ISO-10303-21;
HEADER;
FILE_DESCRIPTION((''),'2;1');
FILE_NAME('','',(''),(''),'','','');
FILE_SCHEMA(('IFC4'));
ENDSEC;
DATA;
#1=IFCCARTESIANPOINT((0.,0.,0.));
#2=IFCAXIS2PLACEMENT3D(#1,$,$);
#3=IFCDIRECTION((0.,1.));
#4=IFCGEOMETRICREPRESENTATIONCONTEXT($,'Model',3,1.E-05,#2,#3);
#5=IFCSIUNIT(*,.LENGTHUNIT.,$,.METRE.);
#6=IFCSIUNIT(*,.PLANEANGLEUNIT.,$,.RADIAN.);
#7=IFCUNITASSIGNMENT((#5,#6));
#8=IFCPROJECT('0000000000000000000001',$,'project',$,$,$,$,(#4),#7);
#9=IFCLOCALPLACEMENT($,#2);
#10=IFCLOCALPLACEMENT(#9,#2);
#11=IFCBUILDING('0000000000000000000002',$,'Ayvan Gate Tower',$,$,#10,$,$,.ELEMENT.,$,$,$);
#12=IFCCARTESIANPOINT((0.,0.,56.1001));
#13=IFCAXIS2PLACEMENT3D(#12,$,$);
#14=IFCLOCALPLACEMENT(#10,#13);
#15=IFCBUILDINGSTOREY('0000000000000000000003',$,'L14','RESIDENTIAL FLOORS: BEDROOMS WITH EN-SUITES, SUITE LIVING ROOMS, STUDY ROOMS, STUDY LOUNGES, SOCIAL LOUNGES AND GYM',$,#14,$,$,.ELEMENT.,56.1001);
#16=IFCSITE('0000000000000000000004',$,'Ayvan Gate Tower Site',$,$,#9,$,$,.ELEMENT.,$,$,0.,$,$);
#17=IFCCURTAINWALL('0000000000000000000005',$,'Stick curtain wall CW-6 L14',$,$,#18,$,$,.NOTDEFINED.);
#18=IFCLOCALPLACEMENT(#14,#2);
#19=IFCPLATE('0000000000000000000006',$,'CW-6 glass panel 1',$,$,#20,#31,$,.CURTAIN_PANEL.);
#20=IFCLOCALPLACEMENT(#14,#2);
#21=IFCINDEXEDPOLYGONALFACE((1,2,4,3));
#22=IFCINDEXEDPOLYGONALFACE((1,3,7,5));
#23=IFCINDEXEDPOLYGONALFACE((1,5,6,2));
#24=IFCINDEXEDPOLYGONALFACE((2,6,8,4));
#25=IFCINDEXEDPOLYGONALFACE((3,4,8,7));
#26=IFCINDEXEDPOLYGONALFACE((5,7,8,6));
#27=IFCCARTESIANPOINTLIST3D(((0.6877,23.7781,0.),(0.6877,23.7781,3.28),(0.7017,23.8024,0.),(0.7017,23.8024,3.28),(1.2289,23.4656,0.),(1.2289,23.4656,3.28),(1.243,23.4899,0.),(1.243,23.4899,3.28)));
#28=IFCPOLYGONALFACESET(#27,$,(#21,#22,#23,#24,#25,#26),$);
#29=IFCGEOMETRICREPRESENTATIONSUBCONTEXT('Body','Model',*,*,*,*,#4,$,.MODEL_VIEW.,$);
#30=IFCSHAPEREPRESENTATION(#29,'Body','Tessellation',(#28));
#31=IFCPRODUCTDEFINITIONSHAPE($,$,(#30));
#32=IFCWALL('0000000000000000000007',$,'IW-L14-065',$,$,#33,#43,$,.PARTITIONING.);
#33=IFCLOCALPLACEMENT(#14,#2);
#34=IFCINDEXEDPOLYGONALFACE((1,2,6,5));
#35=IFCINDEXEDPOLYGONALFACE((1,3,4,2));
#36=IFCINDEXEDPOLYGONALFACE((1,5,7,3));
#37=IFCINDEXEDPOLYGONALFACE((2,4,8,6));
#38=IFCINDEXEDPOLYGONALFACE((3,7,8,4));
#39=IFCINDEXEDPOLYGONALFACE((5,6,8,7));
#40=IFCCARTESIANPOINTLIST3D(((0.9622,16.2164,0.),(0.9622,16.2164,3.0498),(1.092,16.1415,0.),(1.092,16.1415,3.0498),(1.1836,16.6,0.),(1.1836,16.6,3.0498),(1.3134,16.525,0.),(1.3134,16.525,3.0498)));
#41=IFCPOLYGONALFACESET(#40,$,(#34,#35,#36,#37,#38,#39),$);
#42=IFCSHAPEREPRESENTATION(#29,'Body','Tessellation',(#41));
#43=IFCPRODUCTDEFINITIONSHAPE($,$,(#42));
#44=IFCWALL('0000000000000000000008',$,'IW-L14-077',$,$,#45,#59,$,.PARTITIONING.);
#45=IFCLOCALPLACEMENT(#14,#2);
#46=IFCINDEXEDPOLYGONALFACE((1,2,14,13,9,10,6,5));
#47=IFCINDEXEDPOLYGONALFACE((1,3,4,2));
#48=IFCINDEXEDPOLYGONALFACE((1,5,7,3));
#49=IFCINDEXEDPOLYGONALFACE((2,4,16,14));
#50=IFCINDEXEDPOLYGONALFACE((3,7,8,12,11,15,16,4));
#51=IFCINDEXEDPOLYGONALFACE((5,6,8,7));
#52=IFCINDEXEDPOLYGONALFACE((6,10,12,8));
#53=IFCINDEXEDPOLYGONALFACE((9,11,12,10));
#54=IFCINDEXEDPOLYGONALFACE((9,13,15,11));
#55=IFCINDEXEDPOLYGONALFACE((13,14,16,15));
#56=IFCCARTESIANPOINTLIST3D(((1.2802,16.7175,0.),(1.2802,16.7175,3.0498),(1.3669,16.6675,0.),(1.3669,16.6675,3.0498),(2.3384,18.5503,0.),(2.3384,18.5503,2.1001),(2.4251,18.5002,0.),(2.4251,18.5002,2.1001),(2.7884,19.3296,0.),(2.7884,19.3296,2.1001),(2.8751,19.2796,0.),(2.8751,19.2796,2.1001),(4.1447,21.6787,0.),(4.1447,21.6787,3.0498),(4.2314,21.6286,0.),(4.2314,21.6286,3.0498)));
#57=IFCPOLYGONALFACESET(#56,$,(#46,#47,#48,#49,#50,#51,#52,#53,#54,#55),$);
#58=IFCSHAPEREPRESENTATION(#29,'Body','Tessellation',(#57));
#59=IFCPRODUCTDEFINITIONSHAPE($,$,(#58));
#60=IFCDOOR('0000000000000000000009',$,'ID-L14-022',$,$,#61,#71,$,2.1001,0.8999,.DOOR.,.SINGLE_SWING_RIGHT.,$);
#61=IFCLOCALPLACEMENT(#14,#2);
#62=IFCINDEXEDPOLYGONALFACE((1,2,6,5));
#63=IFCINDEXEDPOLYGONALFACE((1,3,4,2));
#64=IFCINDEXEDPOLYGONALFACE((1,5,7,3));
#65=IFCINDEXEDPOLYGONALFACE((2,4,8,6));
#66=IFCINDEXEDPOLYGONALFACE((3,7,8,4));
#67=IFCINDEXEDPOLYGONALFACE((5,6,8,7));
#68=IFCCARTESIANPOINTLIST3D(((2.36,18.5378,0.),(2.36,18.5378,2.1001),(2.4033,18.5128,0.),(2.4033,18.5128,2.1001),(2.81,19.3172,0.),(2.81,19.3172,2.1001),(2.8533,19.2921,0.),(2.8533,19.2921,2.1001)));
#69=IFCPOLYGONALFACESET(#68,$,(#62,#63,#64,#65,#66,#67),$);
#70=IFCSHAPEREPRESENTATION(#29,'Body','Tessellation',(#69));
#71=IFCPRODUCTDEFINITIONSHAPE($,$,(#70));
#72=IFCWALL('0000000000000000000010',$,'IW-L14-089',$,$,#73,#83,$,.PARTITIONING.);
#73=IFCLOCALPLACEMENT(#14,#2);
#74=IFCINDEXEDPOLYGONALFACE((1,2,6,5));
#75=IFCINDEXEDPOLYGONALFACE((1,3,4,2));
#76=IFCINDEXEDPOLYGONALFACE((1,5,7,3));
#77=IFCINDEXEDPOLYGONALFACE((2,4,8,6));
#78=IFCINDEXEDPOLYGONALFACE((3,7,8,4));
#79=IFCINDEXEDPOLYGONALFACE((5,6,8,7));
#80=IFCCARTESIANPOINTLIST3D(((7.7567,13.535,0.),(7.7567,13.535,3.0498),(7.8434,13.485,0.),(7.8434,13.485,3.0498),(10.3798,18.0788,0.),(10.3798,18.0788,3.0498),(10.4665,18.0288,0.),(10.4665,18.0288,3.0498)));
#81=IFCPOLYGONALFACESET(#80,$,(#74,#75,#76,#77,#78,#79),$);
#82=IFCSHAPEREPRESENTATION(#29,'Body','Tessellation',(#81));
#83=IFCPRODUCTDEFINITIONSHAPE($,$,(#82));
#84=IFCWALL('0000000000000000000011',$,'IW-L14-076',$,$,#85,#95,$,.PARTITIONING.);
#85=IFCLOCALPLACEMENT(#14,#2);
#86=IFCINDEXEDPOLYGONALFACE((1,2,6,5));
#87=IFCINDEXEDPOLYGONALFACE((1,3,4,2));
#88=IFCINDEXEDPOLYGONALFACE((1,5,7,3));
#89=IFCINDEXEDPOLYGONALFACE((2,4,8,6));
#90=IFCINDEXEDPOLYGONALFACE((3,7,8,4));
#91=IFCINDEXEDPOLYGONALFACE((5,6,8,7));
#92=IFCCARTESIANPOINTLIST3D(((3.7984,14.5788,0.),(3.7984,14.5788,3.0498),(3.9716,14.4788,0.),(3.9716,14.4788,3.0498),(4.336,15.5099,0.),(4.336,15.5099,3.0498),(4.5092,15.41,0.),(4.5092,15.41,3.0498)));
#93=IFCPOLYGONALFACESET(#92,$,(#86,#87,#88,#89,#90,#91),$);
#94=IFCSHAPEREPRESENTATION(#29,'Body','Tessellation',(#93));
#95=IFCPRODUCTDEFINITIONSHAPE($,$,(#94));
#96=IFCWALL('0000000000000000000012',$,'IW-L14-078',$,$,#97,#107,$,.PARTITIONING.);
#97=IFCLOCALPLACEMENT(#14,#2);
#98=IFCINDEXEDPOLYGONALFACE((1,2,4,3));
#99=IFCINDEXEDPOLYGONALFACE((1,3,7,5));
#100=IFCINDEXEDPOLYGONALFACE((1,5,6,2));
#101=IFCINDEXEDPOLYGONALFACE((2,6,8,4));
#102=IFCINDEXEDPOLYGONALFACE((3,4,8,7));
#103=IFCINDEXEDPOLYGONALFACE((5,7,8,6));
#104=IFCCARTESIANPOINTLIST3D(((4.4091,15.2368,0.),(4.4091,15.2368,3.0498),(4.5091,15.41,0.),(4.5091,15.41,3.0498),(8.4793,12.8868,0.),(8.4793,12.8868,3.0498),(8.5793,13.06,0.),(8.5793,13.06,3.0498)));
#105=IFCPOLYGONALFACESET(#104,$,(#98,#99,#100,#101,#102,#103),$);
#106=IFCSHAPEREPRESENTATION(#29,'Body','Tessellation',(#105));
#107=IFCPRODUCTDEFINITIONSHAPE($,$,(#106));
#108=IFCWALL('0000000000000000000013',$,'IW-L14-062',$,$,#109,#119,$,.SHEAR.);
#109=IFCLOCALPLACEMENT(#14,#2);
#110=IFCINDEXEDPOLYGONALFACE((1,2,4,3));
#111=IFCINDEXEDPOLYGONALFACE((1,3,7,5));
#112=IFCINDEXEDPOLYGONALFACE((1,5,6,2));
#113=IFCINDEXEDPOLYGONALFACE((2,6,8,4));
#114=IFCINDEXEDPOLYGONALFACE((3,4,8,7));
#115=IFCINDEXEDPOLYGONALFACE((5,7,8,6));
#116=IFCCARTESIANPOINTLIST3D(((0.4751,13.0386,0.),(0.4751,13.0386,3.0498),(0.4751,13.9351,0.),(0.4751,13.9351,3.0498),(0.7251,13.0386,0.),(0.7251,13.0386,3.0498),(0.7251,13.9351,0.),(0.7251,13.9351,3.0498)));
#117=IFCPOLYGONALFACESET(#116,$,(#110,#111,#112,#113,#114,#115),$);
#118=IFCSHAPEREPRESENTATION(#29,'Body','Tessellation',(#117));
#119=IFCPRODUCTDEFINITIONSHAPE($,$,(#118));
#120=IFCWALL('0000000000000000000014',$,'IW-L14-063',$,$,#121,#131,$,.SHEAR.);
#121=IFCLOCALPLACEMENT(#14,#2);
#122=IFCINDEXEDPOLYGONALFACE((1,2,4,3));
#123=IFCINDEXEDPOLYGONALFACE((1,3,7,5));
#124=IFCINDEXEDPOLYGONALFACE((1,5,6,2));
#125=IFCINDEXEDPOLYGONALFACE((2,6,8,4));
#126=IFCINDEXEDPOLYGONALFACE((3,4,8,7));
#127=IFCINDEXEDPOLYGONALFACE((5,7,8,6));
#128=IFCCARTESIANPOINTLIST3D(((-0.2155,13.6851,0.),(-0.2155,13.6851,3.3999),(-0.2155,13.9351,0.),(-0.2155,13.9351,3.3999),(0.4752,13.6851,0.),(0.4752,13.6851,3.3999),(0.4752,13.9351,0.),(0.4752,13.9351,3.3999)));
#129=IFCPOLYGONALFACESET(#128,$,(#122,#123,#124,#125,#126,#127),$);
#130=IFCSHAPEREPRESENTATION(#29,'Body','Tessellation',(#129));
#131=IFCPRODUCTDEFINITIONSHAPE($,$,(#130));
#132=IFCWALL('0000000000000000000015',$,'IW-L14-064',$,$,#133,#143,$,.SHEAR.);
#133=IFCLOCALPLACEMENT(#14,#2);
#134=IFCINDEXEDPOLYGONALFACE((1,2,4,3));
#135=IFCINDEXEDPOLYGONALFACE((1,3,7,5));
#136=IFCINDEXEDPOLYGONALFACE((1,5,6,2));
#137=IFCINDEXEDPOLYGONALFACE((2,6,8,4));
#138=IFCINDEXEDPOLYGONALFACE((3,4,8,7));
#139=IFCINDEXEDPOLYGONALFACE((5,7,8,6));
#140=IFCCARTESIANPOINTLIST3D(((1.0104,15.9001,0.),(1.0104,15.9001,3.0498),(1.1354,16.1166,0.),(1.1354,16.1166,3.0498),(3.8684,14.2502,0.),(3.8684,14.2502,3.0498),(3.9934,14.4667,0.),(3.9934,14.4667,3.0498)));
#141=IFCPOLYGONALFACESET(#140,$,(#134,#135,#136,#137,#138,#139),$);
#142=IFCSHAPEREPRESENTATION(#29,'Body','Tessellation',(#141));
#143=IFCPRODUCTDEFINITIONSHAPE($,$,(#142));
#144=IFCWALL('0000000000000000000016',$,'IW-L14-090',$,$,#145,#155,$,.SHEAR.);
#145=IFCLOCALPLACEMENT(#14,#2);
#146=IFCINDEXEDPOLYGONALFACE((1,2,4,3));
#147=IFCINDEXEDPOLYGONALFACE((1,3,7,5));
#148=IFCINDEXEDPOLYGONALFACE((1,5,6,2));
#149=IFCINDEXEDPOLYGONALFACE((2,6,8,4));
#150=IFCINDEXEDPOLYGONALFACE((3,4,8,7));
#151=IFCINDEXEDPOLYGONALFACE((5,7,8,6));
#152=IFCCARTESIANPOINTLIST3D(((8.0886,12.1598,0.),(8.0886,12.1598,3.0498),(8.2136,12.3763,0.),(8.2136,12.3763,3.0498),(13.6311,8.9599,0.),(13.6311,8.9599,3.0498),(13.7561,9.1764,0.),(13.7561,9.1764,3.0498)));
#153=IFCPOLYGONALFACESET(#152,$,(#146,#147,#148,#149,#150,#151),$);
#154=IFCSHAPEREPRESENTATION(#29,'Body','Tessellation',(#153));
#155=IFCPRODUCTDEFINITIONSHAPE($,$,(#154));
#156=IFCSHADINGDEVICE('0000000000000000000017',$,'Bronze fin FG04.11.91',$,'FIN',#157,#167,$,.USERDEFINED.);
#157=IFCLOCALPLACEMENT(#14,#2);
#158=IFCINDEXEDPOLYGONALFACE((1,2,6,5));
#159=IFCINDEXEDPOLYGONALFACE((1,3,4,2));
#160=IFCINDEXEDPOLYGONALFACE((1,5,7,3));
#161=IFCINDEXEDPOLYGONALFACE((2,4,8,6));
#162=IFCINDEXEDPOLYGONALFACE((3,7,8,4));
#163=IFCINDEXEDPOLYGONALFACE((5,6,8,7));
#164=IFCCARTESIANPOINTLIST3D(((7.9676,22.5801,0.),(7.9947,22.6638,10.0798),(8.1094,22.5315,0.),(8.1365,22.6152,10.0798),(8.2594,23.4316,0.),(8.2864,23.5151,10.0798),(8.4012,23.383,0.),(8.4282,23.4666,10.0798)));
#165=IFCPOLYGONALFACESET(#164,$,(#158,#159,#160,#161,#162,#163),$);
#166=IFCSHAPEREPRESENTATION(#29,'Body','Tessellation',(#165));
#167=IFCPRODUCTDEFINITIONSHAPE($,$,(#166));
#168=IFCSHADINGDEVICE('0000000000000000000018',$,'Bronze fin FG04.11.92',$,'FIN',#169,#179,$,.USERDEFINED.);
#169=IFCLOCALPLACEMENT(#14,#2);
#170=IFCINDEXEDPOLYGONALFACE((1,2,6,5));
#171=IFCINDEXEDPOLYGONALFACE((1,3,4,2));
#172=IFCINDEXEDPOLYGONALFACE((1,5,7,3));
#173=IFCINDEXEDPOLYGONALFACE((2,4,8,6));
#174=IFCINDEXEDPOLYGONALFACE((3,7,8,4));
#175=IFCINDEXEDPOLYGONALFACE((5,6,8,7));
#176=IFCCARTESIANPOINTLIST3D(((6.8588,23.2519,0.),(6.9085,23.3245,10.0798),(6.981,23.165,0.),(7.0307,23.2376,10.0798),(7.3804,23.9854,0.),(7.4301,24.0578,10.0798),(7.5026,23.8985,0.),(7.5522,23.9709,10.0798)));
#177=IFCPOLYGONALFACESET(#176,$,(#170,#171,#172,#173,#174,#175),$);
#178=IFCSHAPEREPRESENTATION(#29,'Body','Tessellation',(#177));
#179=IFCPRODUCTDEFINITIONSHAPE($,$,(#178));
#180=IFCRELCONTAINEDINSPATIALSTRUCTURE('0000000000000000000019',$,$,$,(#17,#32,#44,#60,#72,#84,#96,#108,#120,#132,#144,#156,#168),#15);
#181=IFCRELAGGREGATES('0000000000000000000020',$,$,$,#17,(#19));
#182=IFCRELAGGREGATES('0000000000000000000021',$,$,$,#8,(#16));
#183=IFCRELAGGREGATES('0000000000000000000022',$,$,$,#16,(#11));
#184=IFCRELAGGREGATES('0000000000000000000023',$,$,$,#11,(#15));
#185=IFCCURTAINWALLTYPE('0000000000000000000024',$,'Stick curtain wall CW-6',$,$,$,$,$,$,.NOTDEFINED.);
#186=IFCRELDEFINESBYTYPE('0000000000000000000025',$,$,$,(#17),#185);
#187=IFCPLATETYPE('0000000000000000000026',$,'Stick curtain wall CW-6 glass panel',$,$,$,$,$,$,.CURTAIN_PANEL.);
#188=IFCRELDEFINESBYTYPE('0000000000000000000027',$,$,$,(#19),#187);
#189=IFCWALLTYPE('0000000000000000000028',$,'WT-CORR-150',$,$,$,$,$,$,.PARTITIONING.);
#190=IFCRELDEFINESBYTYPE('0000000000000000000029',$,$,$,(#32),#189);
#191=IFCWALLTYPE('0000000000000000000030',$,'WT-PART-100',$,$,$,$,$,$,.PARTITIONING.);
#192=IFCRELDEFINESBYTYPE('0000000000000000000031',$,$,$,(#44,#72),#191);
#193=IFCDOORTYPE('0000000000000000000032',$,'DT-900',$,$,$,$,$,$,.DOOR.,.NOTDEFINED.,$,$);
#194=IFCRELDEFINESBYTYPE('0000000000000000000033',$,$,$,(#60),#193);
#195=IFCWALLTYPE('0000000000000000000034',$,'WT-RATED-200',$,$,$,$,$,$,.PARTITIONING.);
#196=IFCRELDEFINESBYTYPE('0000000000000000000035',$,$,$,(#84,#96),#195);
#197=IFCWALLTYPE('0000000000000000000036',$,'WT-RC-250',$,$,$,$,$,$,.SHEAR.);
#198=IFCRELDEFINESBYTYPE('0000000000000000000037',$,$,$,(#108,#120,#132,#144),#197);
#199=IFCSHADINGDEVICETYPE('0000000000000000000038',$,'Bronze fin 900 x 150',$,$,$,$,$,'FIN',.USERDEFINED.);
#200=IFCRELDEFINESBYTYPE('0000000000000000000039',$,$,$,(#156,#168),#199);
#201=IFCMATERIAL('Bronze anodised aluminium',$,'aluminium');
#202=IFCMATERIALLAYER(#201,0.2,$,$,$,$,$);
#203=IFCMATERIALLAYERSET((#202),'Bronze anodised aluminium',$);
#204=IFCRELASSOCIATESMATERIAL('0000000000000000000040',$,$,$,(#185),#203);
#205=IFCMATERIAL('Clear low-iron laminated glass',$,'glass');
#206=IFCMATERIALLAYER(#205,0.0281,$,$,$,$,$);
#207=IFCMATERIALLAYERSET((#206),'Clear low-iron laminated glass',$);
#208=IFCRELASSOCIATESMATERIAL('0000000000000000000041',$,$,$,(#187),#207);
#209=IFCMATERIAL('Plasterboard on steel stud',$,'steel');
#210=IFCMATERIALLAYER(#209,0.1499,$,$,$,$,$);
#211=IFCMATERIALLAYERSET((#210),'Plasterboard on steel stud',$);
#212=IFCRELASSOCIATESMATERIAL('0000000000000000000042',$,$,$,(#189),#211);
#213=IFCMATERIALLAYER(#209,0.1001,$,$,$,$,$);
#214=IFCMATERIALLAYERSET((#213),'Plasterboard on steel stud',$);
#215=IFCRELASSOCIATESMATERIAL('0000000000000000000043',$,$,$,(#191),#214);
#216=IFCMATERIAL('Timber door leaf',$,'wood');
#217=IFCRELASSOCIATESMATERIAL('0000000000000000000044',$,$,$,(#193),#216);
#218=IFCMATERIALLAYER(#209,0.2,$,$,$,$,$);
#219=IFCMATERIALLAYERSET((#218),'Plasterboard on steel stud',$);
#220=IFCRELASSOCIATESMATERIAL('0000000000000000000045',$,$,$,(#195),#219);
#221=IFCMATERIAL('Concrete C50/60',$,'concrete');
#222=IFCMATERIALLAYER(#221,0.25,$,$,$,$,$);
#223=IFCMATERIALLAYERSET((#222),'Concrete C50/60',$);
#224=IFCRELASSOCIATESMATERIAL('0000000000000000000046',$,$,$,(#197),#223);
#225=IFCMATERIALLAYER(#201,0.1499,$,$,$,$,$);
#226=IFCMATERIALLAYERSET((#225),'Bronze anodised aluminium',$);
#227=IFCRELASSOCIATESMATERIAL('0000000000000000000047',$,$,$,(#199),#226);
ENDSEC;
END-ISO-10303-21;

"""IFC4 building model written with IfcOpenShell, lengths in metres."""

from ifc_helpers import new_model, si_unit, direction, frame, frame_2d, origin, origin_2d, place, context, subcontext, project, spatial, polyline, rectangle, outline, extrude, material, layer, layer_set, type_object, element, fill, aggregate, save


model = new_model("IFC4")

# Units and contexts
model_context = context("Model", 3, precision=1e-05, world=origin(), true_north=direction((0.0, 1.0)))
body_context = subcontext(model_context, "Body", "Model", "MODEL_VIEW")
ifc_project = project(units=[si_unit("LENGTHUNIT", "METRE"), si_unit("PLANEANGLEUNIT", "RADIAN")], contexts=[model_context])

# Site, building, storey
site_placement = place(None, origin())
site = spatial("IfcSite", under=ifc_project, at=site_placement, Name="Ayvan Gate Tower Site", CompositionType="ELEMENT", RefElevation=0.0)
building_placement = place(site_placement, origin())
building = spatial("IfcBuilding", under=site, at=building_placement, Name="Ayvan Gate Tower", CompositionType="ELEMENT")
storey_placement = place(building_placement, frame((0.0, 0.0, 56.1001)))
storey = spatial("IfcBuildingStorey", under=building, at=storey_placement, Name="L14", Description="RESIDENTIAL FLOORS: BEDROOMS WITH EN-SUITES, SUITE LIVING ROOMS, STUDY ROOMS, STUDY LOUNGES, SOCIAL LOUNGES AND GYM", CompositionType="ELEMENT", Elevation=56.1001)

# Curtain wall
ifc_material_1 = material(Name="Bronze anodised aluminium", Category="aluminium")
ifc_layer_1 = layer(ifc_material_1, 0.2)
ifc_layer_set_1 = layer_set([ifc_layer_1], Name="Bronze anodised aluminium")
curtain_wall_type_1 = type_object("IfcCurtainWallType", Name="Stick curtain wall CW-6", PredefinedType="NOTDEFINED", material=ifc_layer_set_1)
curtain_wall_1_placement = place(storey_placement, origin())
curtain_wall_1 = element("IfcCurtainWall", 1, at=curtain_wall_1_placement, inside=storey, type_object=curtain_wall_type_1, Name="Stick curtain wall CW-6 L14", PredefinedType="NOTDEFINED")

# Plate
ifc_material_2 = material(Name="Clear low-iron laminated glass", Category="glass")
ifc_layer_2 = layer(ifc_material_2, 0.0281)
ifc_layer_set_2 = layer_set([ifc_layer_2], Name="Clear low-iron laminated glass")
plate_type_1 = type_object("IfcPlateType", Name="Stick curtain wall CW-6 glass panel", PredefinedType="CURTAIN_PANEL", material=ifc_layer_set_2)
plate_1_placement = place(storey_placement, frame((0.9653, 23.634, 0.0), z_axis=(0.0, 0.0, 1.0), x_axis=(-0.866025, 0.5, 0.0)))
plate_1 = element("IfcPlate", 2, at=plate_1_placement, type_object=plate_type_1, Name="CW-6 glass panel 1", PredefinedType="CURTAIN_PANEL", context=body_context, shape_type="SweptSolid", body=[
    extrude(rectangle(XDim=0.625, YDim=0.0281, at=origin_2d()), origin(), (0.0, 0.0, 1.0), 3.28),
])
aggregate(curtain_wall_1, [plate_1])

# Wall
ifc_material_3 = material(Name="Plasterboard on steel stud", Category="steel")
ifc_layer_3 = layer(ifc_material_3, 0.1499)
ifc_layer_set_3 = layer_set([ifc_layer_3], Name="Plasterboard on steel stud")
wall_type_1 = type_object("IfcWallType", Name="WT-CORR-150", PredefinedType="PARTITIONING", material=ifc_layer_set_3)
wall_1_placement = place(storey_placement, frame((1.2485, 16.5625, 0.0), z_axis=(0.0, 0.0, 1.0), x_axis=(-0.499993, -0.86603, 0.0)))
element("IfcWall", 3, at=wall_1_placement, inside=storey, type_object=wall_type_1, Name="IW-L14-065", PredefinedType="PARTITIONING", context=body_context, shape_type="SweptSolid", body=[
    extrude(rectangle(XDim=0.4429, YDim=0.1499, at=frame_2d((0.2214, 0.0))), origin(), (0.0, 0.0, 1.0), 3.0498),
])

# Wall, opening, door
ifc_layer_4 = layer(ifc_material_3, 0.1001)
ifc_layer_set_4 = layer_set([ifc_layer_4], Name="Plasterboard on steel stud")
wall_type_2 = type_object("IfcWallType", Name="WT-PART-100", PredefinedType="PARTITIONING", material=ifc_layer_set_4)
wall_2_placement = place(storey_placement, frame((4.188, 21.6536, 0.0), z_axis=(0.0, 0.0, 1.0), x_axis=(-0.500021, -0.866013, 0.0)))
wall_2 = element("IfcWall", 4, at=wall_2_placement, inside=storey, type_object=wall_type_2, Name="IW-L14-077", PredefinedType="PARTITIONING", context=body_context, shape_type="SweptSolid", body=[
    extrude(rectangle(XDim=5.7288, YDim=0.1001, at=frame_2d((2.8643, 0.0))), origin(), (0.0, 0.0, 1.0), 3.0498),
])
opening_placement = place(wall_2_placement, frame((2.7124, 0.0, 0.0)))
opening = element("IfcOpeningElement", 5, at=opening_placement, cuts=wall_2, PredefinedType="OPENING", context=body_context, shape_type="SweptSolid", body=[
    extrude(rectangle(XDim=0.8999, YDim=2.1001, at=frame_2d((0.45, 1.05))), frame((0.0, 0.0601, 0.0), z_axis=(0.0, -1.0, 0.0), x_axis=(1.0, 0.0, 0.0)), (0.0, 0.0, 1.0), 0.1201),
])
ifc_material_4 = material(Name="Timber door leaf", Category="wood")
door_type = type_object("IfcDoorType", Name="DT-900", OperationType="NOTDEFINED", PredefinedType="DOOR", material=ifc_material_4)
door_placement = place(opening_placement, origin())
door = element("IfcDoor", 6, at=door_placement, inside=storey, type_object=door_type, Name="ID-L14-022", OperationType="SINGLE_SWING_RIGHT", OverallHeight=2.1001, OverallWidth=0.8999, PredefinedType="DOOR", context=body_context, shape_type="SweptSolid", body=[
    extrude(rectangle(XDim=0.8999, YDim=2.1001, at=frame_2d((0.45, 1.05))), frame((0.0, 0.0249, 0.0), z_axis=(0.0, -1.0, 0.0), x_axis=(1.0, 0.0, 0.0)), (0.0, 0.0, 1.0), 0.05),
])
fill(opening, door)

# Walls
wall_3_placement = place(storey_placement, frame((7.8, 13.51, 0.0), z_axis=(0.0, 0.0, 1.0), x_axis=(0.499963, 0.866047, 0.0)))
element("IfcWall", 7, at=wall_3_placement, inside=storey, type_object=wall_type_2, Name="IW-L14-089", PredefinedType="PARTITIONING", context=body_context, shape_type="SweptSolid", body=[
    extrude(rectangle(XDim=5.2466, YDim=0.1001, at=frame_2d((2.6233, 0.0))), origin(), (0.0, 0.0, 1.0), 3.0498),
])
ifc_layer_5 = layer(ifc_material_3, 0.2)
ifc_layer_set_5 = layer_set([ifc_layer_5], Name="Plasterboard on steel stud")
wall_type_3 = type_object("IfcWallType", Name="WT-RATED-200", PredefinedType="PARTITIONING", material=ifc_layer_set_5)
wall_4_placement = place(storey_placement, frame((3.885, 14.5288, 0.0), z_axis=(0.0, 0.0, 1.0), x_axis=(0.499998, 0.866027, 0.0)))
element("IfcWall", 8, at=wall_4_placement, inside=storey, type_object=wall_type_3, Name="IW-L14-076", PredefinedType="PARTITIONING", context=body_context, shape_type="SweptSolid", body=[
    extrude(rectangle(XDim=1.0752, YDim=0.2, at=frame_2d((0.5376, 0.0))), origin(), (0.0, 0.0, 1.0), 3.0498),
])
wall_5_placement = place(storey_placement, frame((4.459, 15.3235, 0.0), z_axis=(0.0, 0.0, 1.0), x_axis=(0.866016, -0.500016, 0.0)))
element("IfcWall", 9, at=wall_5_placement, inside=storey, type_object=wall_type_3, Name="IW-L14-078", PredefinedType="PARTITIONING", context=body_context, shape_type="SweptSolid", body=[
    extrude(rectangle(XDim=4.7, YDim=0.2, at=frame_2d((2.3501, 0.0))), origin(), (0.0, 0.0, 1.0), 3.0498),
])
ifc_material_5 = material(Name="Concrete C50/60", Category="concrete")
ifc_layer_6 = layer(ifc_material_5, 0.25)
ifc_layer_set_6 = layer_set([ifc_layer_6], Name="Concrete C50/60")
wall_type_4 = type_object("IfcWallType", Name="WT-RC-250", PredefinedType="SHEAR", material=ifc_layer_set_6)
wall_6_placement = place(storey_placement, frame((0.6001, 13.0386, 0.0), z_axis=(0.0, 0.0, 1.0), x_axis=(0.0, 1.0, 0.0)))
element("IfcWall", 10, at=wall_6_placement, inside=storey, type_object=wall_type_4, Name="IW-L14-062", PredefinedType="SHEAR", context=body_context, shape_type="SweptSolid", body=[
    extrude(rectangle(XDim=0.8965, YDim=0.25, at=frame_2d((0.4482, 0.0))), origin(), (0.0, 0.0, 1.0), 3.0498),
])
wall_7_placement = place(storey_placement, frame((0.4751, 13.8101, 0.0), z_axis=(0.0, 0.0, 1.0), x_axis=(-1.0, 0.0, 0.0)))
element("IfcWall", 11, at=wall_7_placement, inside=storey, type_object=wall_type_4, Name="IW-L14-063", PredefinedType="SHEAR", context=body_context, shape_type="SweptSolid", body=[
    extrude(rectangle(XDim=0.6907, YDim=0.25, at=frame_2d((0.3452, 0.0))), origin(), (0.0, 0.0, 1.0), 3.3999),
])
wall_8_placement = place(storey_placement, frame((1.073, 16.0083, 0.0), z_axis=(0.0, 0.0, 1.0), x_axis=(0.86604, -0.499974, 0.0)))
element("IfcWall", 12, at=wall_8_placement, inside=storey, type_object=wall_type_4, Name="IW-L14-064", PredefinedType="SHEAR", context=body_context, shape_type="SweptSolid", body=[
    extrude(rectangle(XDim=3.3, YDim=0.25, at=frame_2d((1.6499, 0.0))), origin(), (0.0, 0.0, 1.0), 3.0498),
])
wall_9_placement = place(storey_placement, frame((8.1511, 12.2681, 0.0), z_axis=(0.0, 0.0, 1.0), x_axis=(0.866025, -0.5, 0.0)))
element("IfcWall", 13, at=wall_9_placement, inside=storey, type_object=wall_type_4, Name="IW-L14-090", PredefinedType="SHEAR", context=body_context, shape_type="SweptSolid", body=[
    extrude(rectangle(XDim=6.3999, YDim=0.25, at=frame_2d((3.2, 0.0))), origin(), (0.0, 0.0, 1.0), 3.0498),
])

# Shading devices
ifc_layer_7 = layer(ifc_material_1, 0.1499)
ifc_layer_set_7 = layer_set([ifc_layer_7], Name="Bronze anodised aluminium")
shading_device_type = type_object("IfcShadingDeviceType", Name="Bronze fin 900 x 150", ElementType="FIN", PredefinedType="USERDEFINED", material=ifc_layer_set_7)
shading_device_1_placement = place(storey_placement, frame((8.1094, 22.5315, 0.0), z_axis=(0.946005, -0.324151, 0.000146), x_axis=(0.324151, 0.946005, 0.0)))
element("IfcShadingDevice", 14, at=shading_device_1_placement, inside=storey, type_object=shading_device_type, Name="Bronze fin FG04.11.91", ObjectType="FIN", PredefinedType="USERDEFINED", context=body_context, shape_type="SweptSolid", body=[
    extrude(outline(polyline([(0.0, 0.0), (0.9002, 0.0), (0.9879, 10.0798), (0.088, 10.0798), (0.0, 0.0)])), origin(), (0.0, 0.0, -1.0), 0.1499),
])
shading_device_2_placement = place(storey_placement, frame((6.981, 23.165, 0.0), z_axis=(0.814914, -0.579582, 0.000153), x_axis=(0.579582, 0.814914, 0.0)))
element("IfcShadingDevice", 15, at=shading_device_2_placement, inside=storey, type_object=shading_device_type, Name="Bronze fin FG04.11.92", ObjectType="FIN", PredefinedType="USERDEFINED", context=body_context, shape_type="SweptSolid", body=[
    extrude(outline(polyline([(0.0, 0.0), (0.9, 0.0), (0.9879, 10.0798), (0.088, 10.0798), (0.0, 0.0)])), origin(), (0.0, 0.0, -1.0), 0.1499),
])

save(model, "model.ifc")
